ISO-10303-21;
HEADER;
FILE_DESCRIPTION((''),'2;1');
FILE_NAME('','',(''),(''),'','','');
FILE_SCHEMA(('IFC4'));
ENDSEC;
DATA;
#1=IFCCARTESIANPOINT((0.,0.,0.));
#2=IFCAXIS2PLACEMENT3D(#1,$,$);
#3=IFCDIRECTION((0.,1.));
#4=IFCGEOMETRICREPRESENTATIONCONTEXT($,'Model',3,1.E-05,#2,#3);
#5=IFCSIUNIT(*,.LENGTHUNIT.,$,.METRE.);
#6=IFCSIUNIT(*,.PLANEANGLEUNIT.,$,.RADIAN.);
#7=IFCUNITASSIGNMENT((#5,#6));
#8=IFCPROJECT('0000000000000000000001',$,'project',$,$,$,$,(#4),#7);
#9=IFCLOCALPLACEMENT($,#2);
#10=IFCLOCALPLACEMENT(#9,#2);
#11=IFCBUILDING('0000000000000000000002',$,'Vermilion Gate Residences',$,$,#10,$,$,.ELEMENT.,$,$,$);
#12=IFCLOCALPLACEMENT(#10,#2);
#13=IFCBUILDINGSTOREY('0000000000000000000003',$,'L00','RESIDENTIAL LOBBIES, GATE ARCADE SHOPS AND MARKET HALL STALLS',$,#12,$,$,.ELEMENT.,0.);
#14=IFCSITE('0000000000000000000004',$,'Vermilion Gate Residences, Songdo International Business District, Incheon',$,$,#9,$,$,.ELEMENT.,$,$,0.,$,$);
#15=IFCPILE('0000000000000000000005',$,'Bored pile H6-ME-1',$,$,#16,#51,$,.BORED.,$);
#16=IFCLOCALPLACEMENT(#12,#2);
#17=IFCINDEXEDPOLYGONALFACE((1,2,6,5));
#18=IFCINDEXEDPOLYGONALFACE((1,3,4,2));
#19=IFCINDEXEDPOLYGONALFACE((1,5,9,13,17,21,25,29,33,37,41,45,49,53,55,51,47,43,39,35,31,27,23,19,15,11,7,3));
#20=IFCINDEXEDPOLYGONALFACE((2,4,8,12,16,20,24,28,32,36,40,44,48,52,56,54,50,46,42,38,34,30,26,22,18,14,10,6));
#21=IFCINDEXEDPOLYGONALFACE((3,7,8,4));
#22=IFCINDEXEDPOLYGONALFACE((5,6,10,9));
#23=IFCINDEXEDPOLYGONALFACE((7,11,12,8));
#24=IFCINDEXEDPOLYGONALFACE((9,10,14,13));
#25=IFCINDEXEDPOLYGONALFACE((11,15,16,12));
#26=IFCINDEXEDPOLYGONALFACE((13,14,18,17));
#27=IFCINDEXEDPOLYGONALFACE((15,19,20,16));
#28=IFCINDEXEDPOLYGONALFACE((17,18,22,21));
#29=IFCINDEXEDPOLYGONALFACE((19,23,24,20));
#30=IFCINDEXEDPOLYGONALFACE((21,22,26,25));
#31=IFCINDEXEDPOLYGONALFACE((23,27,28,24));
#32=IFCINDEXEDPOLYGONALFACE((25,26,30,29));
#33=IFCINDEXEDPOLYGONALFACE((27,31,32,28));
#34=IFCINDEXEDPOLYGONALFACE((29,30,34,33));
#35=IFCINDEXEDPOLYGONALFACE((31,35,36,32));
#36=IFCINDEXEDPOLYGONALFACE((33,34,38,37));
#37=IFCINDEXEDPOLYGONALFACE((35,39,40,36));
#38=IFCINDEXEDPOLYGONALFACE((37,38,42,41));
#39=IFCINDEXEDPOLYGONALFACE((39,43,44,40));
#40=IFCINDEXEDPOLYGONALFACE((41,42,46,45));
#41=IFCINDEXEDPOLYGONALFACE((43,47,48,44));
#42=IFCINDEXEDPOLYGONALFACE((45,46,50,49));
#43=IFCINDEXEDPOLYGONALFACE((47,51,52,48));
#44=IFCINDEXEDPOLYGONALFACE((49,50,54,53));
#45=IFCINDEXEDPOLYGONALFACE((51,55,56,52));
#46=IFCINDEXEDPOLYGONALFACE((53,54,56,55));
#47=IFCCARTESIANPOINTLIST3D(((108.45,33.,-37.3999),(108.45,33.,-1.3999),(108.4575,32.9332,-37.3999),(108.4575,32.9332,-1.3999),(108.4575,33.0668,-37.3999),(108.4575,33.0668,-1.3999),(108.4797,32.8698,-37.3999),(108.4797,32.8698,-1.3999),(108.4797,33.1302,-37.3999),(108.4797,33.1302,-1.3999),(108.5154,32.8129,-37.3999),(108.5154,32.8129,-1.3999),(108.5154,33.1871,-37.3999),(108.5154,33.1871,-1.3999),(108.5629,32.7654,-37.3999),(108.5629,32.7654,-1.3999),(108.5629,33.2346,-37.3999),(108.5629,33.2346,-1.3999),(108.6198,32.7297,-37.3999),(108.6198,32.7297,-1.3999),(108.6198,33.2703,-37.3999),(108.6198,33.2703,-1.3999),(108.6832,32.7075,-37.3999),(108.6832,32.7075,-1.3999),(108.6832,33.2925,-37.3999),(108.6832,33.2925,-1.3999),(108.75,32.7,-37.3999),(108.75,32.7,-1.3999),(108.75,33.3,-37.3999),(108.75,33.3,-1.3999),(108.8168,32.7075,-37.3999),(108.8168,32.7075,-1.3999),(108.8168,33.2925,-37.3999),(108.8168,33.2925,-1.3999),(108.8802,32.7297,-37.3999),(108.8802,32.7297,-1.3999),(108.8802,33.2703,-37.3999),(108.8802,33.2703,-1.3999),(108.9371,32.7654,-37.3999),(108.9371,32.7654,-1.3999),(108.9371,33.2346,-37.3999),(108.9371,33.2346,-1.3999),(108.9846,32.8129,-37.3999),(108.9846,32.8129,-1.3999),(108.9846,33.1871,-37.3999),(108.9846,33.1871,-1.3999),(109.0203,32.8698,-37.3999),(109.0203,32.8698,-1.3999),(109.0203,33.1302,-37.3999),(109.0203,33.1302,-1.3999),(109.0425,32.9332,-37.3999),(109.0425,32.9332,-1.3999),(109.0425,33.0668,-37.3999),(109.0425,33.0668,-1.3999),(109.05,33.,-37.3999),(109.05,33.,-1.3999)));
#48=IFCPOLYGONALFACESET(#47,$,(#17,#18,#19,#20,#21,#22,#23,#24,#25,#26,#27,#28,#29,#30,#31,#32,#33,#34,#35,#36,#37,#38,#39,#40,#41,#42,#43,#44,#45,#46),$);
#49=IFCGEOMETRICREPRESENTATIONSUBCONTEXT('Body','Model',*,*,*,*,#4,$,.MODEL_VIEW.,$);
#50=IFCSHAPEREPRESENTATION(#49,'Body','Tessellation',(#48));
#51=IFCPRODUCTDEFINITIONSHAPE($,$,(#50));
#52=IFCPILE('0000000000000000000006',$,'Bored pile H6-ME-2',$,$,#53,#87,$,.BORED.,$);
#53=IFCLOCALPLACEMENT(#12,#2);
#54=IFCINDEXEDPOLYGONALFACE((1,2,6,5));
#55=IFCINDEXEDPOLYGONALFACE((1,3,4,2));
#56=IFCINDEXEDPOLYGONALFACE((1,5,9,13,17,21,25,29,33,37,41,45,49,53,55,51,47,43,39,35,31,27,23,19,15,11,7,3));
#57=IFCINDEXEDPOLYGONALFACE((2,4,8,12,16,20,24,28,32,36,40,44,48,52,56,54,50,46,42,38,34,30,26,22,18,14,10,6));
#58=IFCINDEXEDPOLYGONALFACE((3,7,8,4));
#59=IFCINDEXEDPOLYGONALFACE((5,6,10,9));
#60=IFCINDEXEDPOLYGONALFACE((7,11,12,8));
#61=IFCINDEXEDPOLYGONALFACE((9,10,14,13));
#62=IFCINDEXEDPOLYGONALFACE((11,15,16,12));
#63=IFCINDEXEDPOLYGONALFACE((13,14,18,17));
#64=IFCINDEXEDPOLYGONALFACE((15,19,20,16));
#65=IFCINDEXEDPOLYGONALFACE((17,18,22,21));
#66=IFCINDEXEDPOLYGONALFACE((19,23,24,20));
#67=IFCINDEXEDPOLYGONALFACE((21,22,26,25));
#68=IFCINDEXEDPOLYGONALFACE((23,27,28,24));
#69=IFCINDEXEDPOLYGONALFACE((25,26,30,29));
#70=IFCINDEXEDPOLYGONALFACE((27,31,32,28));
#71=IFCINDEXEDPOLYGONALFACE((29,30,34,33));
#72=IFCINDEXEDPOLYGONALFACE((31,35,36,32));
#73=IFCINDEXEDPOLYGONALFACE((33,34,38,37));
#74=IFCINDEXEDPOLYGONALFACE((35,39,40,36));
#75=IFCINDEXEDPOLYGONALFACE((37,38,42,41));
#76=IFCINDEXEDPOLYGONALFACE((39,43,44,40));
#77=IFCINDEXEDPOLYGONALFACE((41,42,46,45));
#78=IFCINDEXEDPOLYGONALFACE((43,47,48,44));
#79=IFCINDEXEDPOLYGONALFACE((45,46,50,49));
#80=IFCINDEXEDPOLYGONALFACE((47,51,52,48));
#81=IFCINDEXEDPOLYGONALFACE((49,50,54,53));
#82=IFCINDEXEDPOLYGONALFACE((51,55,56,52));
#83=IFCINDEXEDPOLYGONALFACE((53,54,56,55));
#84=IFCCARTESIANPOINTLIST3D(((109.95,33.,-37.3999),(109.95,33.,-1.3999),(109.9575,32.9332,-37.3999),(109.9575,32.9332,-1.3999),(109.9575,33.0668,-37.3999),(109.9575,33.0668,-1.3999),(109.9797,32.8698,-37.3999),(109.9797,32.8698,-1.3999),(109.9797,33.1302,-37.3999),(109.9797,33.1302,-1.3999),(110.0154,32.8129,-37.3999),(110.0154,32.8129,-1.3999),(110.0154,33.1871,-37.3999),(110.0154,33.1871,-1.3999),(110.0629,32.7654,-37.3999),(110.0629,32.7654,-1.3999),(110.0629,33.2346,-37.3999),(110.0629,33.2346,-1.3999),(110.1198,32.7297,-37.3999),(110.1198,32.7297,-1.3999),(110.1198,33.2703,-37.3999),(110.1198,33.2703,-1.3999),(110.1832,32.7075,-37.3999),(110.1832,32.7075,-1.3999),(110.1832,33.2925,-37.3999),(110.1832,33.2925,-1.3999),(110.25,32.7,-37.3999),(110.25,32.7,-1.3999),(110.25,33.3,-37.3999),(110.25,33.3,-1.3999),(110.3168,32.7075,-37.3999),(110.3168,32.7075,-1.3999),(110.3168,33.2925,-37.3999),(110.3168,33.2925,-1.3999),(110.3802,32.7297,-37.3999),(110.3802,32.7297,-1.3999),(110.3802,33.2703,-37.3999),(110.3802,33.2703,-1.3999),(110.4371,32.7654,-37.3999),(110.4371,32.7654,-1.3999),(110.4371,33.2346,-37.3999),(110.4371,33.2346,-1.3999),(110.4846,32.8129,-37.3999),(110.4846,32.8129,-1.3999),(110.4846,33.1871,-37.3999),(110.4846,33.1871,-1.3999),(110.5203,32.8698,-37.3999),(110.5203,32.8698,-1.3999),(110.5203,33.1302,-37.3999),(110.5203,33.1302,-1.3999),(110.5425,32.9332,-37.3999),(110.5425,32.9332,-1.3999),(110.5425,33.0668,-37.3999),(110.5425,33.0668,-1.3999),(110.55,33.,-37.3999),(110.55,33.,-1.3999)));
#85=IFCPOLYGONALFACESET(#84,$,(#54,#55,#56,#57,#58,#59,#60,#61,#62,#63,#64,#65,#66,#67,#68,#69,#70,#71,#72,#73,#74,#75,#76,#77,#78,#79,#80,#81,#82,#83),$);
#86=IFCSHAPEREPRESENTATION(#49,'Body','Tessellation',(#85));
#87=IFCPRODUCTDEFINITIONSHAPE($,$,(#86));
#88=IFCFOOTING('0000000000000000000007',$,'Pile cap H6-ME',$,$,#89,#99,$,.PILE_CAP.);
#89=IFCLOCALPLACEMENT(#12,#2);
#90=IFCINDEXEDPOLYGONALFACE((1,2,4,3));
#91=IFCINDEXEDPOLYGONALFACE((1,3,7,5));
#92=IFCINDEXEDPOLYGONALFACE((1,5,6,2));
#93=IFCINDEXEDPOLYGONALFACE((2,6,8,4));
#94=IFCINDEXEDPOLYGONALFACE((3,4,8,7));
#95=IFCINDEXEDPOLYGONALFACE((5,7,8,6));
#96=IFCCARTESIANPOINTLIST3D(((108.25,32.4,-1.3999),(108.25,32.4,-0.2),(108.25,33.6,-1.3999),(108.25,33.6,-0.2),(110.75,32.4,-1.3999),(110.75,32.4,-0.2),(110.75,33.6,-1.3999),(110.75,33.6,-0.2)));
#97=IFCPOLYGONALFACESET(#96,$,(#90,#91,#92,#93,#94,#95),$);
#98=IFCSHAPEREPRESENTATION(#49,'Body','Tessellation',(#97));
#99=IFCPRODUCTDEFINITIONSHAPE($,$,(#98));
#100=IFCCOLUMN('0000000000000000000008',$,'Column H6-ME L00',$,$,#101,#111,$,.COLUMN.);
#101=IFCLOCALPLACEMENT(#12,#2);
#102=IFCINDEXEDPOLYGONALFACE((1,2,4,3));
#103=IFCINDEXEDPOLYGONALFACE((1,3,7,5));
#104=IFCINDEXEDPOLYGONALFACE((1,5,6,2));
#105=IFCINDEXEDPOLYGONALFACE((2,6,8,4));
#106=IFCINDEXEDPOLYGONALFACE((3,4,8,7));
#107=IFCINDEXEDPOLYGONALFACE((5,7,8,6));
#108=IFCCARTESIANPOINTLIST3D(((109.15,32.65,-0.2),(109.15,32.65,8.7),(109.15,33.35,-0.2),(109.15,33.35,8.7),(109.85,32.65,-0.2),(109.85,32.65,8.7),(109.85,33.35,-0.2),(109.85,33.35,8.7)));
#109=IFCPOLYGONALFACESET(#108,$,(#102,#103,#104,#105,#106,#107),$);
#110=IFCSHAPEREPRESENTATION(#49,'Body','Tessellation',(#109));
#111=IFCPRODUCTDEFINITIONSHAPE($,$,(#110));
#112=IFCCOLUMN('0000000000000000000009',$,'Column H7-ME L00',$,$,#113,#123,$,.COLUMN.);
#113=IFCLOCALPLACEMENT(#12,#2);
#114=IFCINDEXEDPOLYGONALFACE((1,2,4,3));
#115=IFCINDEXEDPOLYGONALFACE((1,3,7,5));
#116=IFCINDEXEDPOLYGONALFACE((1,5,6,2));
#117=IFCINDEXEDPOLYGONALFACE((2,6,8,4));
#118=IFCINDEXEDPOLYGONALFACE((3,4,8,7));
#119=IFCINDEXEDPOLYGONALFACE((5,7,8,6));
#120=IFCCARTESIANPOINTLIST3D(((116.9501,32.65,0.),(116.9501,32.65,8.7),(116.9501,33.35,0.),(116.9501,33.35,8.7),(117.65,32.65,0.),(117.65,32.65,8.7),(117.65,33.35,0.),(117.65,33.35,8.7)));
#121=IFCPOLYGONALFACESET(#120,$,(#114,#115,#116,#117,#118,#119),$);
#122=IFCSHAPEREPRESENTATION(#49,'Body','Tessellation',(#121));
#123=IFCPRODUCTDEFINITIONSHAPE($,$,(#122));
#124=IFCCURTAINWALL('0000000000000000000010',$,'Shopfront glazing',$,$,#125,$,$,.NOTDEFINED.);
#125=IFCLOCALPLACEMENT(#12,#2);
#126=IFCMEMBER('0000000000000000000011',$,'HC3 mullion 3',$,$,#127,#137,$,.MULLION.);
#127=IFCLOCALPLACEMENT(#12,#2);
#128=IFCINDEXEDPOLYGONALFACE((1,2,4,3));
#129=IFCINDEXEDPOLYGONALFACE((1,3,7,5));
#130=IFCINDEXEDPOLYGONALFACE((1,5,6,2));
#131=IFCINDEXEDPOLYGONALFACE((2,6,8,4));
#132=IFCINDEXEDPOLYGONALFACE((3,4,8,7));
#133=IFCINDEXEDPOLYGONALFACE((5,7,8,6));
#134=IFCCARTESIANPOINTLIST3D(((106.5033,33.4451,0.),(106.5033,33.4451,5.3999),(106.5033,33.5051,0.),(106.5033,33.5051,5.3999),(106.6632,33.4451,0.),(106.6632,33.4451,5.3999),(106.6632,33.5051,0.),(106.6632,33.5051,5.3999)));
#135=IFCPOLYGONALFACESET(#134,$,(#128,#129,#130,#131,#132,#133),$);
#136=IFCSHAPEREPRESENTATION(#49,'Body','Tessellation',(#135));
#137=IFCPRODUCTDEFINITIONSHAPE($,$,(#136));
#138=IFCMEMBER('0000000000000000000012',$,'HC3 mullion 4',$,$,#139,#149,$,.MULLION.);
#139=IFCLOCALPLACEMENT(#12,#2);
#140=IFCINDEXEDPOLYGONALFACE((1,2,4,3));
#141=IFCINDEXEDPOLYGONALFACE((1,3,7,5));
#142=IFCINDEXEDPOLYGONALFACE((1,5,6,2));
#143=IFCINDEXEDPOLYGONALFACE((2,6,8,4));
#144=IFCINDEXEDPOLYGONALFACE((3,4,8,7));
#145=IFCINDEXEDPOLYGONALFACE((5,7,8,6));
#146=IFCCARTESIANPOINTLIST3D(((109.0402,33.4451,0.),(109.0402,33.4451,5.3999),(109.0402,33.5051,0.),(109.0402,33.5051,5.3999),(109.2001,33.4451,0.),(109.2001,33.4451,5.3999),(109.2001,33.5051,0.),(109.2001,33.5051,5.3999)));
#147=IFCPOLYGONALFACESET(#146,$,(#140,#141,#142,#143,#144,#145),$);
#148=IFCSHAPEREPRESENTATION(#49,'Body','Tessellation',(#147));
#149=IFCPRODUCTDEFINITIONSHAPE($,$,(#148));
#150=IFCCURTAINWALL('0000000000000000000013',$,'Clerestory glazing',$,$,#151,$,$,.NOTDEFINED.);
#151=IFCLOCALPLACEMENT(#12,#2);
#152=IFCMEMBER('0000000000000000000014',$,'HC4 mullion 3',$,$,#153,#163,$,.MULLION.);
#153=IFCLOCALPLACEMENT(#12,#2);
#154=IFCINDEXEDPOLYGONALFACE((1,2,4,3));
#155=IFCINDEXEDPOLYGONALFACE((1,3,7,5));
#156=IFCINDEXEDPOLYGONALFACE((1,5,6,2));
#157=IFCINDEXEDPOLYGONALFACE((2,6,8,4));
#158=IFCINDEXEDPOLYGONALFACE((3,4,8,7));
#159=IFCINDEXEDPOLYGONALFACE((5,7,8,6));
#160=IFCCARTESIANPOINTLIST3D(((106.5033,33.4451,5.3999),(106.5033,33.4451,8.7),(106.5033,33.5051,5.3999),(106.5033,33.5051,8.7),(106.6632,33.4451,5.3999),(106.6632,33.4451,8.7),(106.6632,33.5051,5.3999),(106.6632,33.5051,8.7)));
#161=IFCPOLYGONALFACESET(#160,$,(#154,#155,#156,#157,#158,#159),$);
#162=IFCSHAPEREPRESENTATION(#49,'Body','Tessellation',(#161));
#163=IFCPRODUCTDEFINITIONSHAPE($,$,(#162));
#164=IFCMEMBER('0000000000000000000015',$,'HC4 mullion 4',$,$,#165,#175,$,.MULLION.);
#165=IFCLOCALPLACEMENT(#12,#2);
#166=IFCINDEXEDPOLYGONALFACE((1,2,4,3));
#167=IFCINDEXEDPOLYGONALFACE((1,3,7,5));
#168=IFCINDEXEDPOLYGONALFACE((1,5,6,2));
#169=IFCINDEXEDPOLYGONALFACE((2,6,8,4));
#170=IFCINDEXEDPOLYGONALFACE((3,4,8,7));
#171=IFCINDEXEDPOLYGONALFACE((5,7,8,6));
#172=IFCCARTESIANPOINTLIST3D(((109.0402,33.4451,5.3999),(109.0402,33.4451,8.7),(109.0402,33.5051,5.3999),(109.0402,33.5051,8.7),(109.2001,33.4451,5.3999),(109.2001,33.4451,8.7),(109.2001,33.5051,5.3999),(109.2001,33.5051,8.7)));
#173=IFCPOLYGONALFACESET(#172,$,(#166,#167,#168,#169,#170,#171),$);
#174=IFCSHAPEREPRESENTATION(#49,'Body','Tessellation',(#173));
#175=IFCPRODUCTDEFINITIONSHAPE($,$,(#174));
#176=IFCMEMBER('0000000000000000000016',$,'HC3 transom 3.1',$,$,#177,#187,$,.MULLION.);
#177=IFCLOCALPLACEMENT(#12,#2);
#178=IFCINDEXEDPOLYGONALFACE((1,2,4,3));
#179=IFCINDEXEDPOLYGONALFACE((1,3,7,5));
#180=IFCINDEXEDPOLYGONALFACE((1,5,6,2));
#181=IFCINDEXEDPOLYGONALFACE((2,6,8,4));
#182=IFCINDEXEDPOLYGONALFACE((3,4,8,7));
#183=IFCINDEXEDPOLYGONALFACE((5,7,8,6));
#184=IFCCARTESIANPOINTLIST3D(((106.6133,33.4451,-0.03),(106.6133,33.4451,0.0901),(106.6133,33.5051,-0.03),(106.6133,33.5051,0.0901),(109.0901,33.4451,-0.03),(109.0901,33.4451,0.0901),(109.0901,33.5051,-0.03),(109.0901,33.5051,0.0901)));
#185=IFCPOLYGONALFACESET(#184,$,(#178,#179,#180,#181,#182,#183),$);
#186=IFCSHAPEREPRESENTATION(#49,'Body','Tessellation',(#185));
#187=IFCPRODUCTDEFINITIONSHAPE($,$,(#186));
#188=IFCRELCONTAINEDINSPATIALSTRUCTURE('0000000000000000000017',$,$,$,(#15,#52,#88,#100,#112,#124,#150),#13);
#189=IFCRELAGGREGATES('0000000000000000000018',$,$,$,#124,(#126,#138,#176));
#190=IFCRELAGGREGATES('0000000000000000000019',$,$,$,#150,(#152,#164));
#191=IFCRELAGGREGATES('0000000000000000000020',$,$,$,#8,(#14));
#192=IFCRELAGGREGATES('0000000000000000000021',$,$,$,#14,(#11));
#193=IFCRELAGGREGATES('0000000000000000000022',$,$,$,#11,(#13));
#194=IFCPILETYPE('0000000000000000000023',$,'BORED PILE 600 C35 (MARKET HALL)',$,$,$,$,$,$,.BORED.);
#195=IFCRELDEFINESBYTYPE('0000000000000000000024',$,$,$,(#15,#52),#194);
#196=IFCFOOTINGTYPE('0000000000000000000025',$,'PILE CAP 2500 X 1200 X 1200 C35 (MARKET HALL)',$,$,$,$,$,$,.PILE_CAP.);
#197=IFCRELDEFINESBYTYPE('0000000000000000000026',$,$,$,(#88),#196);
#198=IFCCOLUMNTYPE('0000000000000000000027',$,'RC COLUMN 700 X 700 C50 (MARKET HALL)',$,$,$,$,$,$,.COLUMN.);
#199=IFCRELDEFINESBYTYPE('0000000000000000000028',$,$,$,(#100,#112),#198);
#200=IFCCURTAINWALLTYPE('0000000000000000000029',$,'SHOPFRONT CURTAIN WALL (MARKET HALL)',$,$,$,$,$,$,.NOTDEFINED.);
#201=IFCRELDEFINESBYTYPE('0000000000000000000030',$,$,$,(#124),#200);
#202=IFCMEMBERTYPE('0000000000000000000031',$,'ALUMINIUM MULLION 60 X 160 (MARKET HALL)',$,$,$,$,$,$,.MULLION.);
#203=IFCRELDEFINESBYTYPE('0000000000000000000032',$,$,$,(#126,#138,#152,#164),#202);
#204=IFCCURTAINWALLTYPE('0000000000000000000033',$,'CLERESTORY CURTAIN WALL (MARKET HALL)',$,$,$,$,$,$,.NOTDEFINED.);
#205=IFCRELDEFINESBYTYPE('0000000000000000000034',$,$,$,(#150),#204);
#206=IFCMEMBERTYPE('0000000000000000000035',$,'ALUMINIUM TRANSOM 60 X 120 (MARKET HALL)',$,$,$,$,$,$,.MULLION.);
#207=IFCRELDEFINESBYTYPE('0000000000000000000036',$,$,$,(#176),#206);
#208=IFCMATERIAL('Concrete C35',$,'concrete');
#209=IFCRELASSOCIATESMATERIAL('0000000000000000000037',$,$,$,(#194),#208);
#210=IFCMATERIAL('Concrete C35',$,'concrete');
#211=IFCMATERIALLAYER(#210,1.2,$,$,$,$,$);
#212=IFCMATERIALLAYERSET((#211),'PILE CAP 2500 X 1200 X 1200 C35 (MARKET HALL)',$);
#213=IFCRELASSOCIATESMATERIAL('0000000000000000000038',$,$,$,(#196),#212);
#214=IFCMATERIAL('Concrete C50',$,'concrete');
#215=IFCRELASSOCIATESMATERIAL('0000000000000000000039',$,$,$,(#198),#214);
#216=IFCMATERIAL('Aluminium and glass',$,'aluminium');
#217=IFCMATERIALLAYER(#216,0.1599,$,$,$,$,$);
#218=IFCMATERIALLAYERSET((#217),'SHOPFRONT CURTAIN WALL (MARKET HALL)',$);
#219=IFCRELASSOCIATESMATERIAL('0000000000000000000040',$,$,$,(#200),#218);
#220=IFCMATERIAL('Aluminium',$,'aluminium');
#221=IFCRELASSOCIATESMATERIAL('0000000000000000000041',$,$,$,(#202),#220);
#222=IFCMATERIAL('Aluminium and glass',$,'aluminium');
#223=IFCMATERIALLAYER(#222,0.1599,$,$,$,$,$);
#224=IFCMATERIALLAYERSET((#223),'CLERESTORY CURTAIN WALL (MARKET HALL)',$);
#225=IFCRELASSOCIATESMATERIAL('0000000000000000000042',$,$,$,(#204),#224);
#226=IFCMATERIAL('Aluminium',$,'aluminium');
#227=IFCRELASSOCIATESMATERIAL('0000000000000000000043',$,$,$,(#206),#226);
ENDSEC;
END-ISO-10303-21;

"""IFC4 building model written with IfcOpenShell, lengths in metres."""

from ifc_helpers import new_model, si_unit, direction, frame, origin, origin_2d, place, context, subcontext, project, spatial, rectangle, circle, extrude, material, layer, layer_set, material_profile, profile_set, type_object, element, aggregate, save


model = new_model("IFC4")

# Units and contexts
model_context = context("Model", 3, precision=1e-05, world=origin(), true_north=direction((0.0, 1.0)))
body_context = subcontext(model_context, "Body", "Model", "MODEL_VIEW")
ifc_project = project(units=[si_unit("LENGTHUNIT", "METRE"), si_unit("PLANEANGLEUNIT", "RADIAN")], contexts=[model_context])

# Site, building, storey
site_placement = place(None, origin())
site = spatial("IfcSite", under=ifc_project, at=site_placement, Name="Vermilion Gate Residences, Songdo International Business District, Incheon", CompositionType="ELEMENT", RefElevation=0.0)
building_placement = place(site_placement, origin())
building = spatial("IfcBuilding", under=site, at=building_placement, Name="Vermilion Gate Residences", CompositionType="ELEMENT")
storey_placement = place(building_placement, origin())
storey = spatial("IfcBuildingStorey", under=building, at=storey_placement, Name="L00", Description="RESIDENTIAL LOBBIES, GATE ARCADE SHOPS AND MARKET HALL STALLS", CompositionType="ELEMENT", Elevation=0.0)

# Piles
ifc_material_1 = material(Name="Concrete C35", Category="concrete")
ifc_material_profile_1 = material_profile(ifc_material_1, circle(Radius=0.3, at=origin_2d()), Name="BORED PILE 600 C35 (MARKET HALL)")
ifc_profile_set_1 = profile_set([ifc_material_profile_1], Name="Concrete C35")
pile_type = type_object("IfcPileType", Name="BORED PILE 600 C35 (MARKET HALL)", PredefinedType="BORED", material=ifc_profile_set_1)
for number, where, z_axis, x_axis, name in (
    (1, (108.75, 33.0, -1.3999), (0.0, 0.0, -1.0), (1.0, 0.0, 0.0), "Bored pile H6-ME-1"),
    (2, (110.25, 33.0, -1.3999), (0.0, 0.0, -1.0), (1.0, 0.0, 0.0), "Bored pile H6-ME-2"),
):
    element("IfcPile", number, at=place(storey_placement, frame(where, z_axis=z_axis, x_axis=x_axis)), inside=storey, type_object=pile_type, Name=name, PredefinedType="BORED", context=body_context, shape_type="SweptSolid", body=[
        extrude(circle(Radius=0.3, at=origin_2d()), origin(), (0.0, 0.0, 1.0), 36.0),
    ])

# Footing
ifc_material_2 = material(Name="Concrete C35", Category="concrete")
ifc_layer_1 = layer(ifc_material_2, 1.2)
ifc_layer_set_1 = layer_set([ifc_layer_1], Name="PILE CAP 2500 X 1200 X 1200 C35 (MARKET HALL)")
footing_type = type_object("IfcFootingType", Name="PILE CAP 2500 X 1200 X 1200 C35 (MARKET HALL)", PredefinedType="PILE_CAP", material=ifc_layer_set_1)
footing_placement = place(storey_placement, frame((109.5, 33.0, -1.3999), z_axis=(0.0, 0.0, 1.0), x_axis=(1.0, 0.0, 0.0)))
element("IfcFooting", 3, at=footing_placement, inside=storey, type_object=footing_type, Name="Pile cap H6-ME", PredefinedType="PILE_CAP", context=body_context, shape_type="SweptSolid", body=[
    extrude(rectangle(XDim=2.5, YDim=1.2, at=origin_2d()), origin(), (0.0, 0.0, 1.0), 1.2),
])

# Columns
ifc_material_3 = material(Name="Concrete C50", Category="concrete")
ifc_material_profile_2 = material_profile(ifc_material_3, rectangle(XDim=0.7, YDim=0.7, at=origin_2d()), Name="RC COLUMN 700 X 700 C50 (MARKET HALL)")
ifc_profile_set_2 = profile_set([ifc_material_profile_2], Name="Concrete C50")
column_type = type_object("IfcColumnType", Name="RC COLUMN 700 X 700 C50 (MARKET HALL)", PredefinedType="COLUMN", material=ifc_profile_set_2)
column_1_placement = place(storey_placement, frame((109.5, 33.0, -0.2), z_axis=(0.0, 0.0, 1.0), x_axis=(1.0, 0.0, 0.0)))
element("IfcColumn", 4, at=column_1_placement, inside=storey, type_object=column_type, Name="Column H6-ME L00", PredefinedType="COLUMN", context=body_context, shape_type="SweptSolid", body=[
    extrude(rectangle(XDim=0.7, YDim=0.7, at=origin_2d()), origin(), (0.0, 0.0, 1.0), 8.8999),
])
column_2_placement = place(storey_placement, frame((117.3, 33.0, 0.0), z_axis=(0.0, 0.0, 1.0), x_axis=(1.0, 0.0, 0.0)))
element("IfcColumn", 5, at=column_2_placement, inside=storey, type_object=column_type, Name="Column H7-ME L00", PredefinedType="COLUMN", context=body_context, shape_type="SweptSolid", body=[
    extrude(rectangle(XDim=0.7, YDim=0.7, at=origin_2d()), origin(), (0.0, 0.0, 1.0), 8.7),
])

# Curtain walls, members
ifc_material_4 = material(Name="Aluminium and glass", Category="aluminium")
ifc_layer_2 = layer(ifc_material_4, 0.1599)
ifc_layer_set_2 = layer_set([ifc_layer_2], Name="SHOPFRONT CURTAIN WALL (MARKET HALL)")
curtain_wall_type_1 = type_object("IfcCurtainWallType", Name="SHOPFRONT CURTAIN WALL (MARKET HALL)", PredefinedType="NOTDEFINED", material=ifc_layer_set_2)
curtain_wall_1_placement = place(storey_placement, origin())
curtain_wall_1 = element("IfcCurtainWall", 6, at=curtain_wall_1_placement, inside=storey, type_object=curtain_wall_type_1, Name="Shopfront glazing", PredefinedType="NOTDEFINED")
ifc_material_5 = material(Name="Aluminium", Category="aluminium")
ifc_material_profile_3 = material_profile(ifc_material_5, rectangle(XDim=0.0601, YDim=0.1599, at=origin_2d()), Name="ALUMINIUM MULLION 60 X 160 (MARKET HALL)")
ifc_profile_set_3 = profile_set([ifc_material_profile_3], Name="Aluminium")
member_type_1 = type_object("IfcMemberType", Name="ALUMINIUM MULLION 60 X 160 (MARKET HALL)", PredefinedType="MULLION", material=ifc_profile_set_3)
member_1_placement = place(storey_placement, frame((106.5833, 33.4751, 0.0), z_axis=(0.0, 0.0, 1.0), x_axis=(0.0, 1.0, 0.0)))
member_1 = element("IfcMember", 7, at=member_1_placement, type_object=member_type_1, Name="HC3 mullion 3", PredefinedType="MULLION", context=body_context, shape_type="SweptSolid", body=[
    extrude(rectangle(XDim=0.0601, YDim=0.1599, at=origin_2d()), origin(), (0.0, 0.0, 1.0), 5.3999),
])
member_2_placement = place(storey_placement, frame((109.1201, 33.4751, 0.0), z_axis=(0.0, 0.0, 1.0), x_axis=(0.0, 1.0, 0.0)))
member_2 = element("IfcMember", 8, at=member_2_placement, type_object=member_type_1, Name="HC3 mullion 4", PredefinedType="MULLION", context=body_context, shape_type="SweptSolid", body=[
    extrude(rectangle(XDim=0.0601, YDim=0.1599, at=origin_2d()), origin(), (0.0, 0.0, 1.0), 5.3999),
])
ifc_material_6 = material(Name="Aluminium and glass", Category="aluminium")
ifc_layer_3 = layer(ifc_material_6, 0.1599)
ifc_layer_set_3 = layer_set([ifc_layer_3], Name="CLERESTORY CURTAIN WALL (MARKET HALL)")
curtain_wall_type_2 = type_object("IfcCurtainWallType", Name="CLERESTORY CURTAIN WALL (MARKET HALL)", PredefinedType="NOTDEFINED", material=ifc_layer_set_3)
curtain_wall_2_placement = place(storey_placement, origin())
curtain_wall_2 = element("IfcCurtainWall", 9, at=curtain_wall_2_placement, inside=storey, type_object=curtain_wall_type_2, Name="Clerestory glazing", PredefinedType="NOTDEFINED")
member_3_placement = place(storey_placement, frame((106.5833, 33.4751, 5.3999), z_axis=(0.0, 0.0, 1.0), x_axis=(0.0, 1.0, 0.0)))
member_3 = element("IfcMember", 10, at=member_3_placement, type_object=member_type_1, Name="HC4 mullion 3", PredefinedType="MULLION", context=body_context, shape_type="SweptSolid", body=[
    extrude(rectangle(XDim=0.0601, YDim=0.1599, at=origin_2d()), origin(), (0.0, 0.0, 1.0), 3.3),
])
member_4_placement = place(storey_placement, frame((109.1201, 33.4751, 5.3999), z_axis=(0.0, 0.0, 1.0), x_axis=(0.0, 1.0, 0.0)))
member_4 = element("IfcMember", 11, at=member_4_placement, type_object=member_type_1, Name="HC4 mullion 4", PredefinedType="MULLION", context=body_context, shape_type="SweptSolid", body=[
    extrude(rectangle(XDim=0.0601, YDim=0.1599, at=origin_2d()), origin(), (0.0, 0.0, 1.0), 3.3),
])

# Member
ifc_material_7 = material(Name="Aluminium", Category="aluminium")
ifc_material_profile_4 = material_profile(ifc_material_7, rectangle(XDim=0.0601, YDim=0.1201, at=origin_2d()), Name="ALUMINIUM TRANSOM 60 X 120 (MARKET HALL)")
ifc_profile_set_4 = profile_set([ifc_material_profile_4], Name="Aluminium")
member_type_2 = type_object("IfcMemberType", Name="ALUMINIUM TRANSOM 60 X 120 (MARKET HALL)", PredefinedType="MULLION", material=ifc_profile_set_4)
member_5_placement = place(storey_placement, frame((106.6133, 33.4751, 0.03), z_axis=(1.0, 0.0, 0.0), x_axis=(0.0, 1.0, 0.0)))
member_5 = element("IfcMember", 12, at=member_5_placement, type_object=member_type_2, Name="HC3 transom 3.1", PredefinedType="MULLION", context=body_context, shape_type="SweptSolid", body=[
    extrude(rectangle(XDim=0.0601, YDim=0.1201, at=origin_2d()), origin(), (0.0, 0.0, 1.0), 2.4768),
])

aggregate(curtain_wall_1, [member_1, member_2, member_5])
aggregate(curtain_wall_2, [member_3, member_4])

save(model, "model.ifc")
